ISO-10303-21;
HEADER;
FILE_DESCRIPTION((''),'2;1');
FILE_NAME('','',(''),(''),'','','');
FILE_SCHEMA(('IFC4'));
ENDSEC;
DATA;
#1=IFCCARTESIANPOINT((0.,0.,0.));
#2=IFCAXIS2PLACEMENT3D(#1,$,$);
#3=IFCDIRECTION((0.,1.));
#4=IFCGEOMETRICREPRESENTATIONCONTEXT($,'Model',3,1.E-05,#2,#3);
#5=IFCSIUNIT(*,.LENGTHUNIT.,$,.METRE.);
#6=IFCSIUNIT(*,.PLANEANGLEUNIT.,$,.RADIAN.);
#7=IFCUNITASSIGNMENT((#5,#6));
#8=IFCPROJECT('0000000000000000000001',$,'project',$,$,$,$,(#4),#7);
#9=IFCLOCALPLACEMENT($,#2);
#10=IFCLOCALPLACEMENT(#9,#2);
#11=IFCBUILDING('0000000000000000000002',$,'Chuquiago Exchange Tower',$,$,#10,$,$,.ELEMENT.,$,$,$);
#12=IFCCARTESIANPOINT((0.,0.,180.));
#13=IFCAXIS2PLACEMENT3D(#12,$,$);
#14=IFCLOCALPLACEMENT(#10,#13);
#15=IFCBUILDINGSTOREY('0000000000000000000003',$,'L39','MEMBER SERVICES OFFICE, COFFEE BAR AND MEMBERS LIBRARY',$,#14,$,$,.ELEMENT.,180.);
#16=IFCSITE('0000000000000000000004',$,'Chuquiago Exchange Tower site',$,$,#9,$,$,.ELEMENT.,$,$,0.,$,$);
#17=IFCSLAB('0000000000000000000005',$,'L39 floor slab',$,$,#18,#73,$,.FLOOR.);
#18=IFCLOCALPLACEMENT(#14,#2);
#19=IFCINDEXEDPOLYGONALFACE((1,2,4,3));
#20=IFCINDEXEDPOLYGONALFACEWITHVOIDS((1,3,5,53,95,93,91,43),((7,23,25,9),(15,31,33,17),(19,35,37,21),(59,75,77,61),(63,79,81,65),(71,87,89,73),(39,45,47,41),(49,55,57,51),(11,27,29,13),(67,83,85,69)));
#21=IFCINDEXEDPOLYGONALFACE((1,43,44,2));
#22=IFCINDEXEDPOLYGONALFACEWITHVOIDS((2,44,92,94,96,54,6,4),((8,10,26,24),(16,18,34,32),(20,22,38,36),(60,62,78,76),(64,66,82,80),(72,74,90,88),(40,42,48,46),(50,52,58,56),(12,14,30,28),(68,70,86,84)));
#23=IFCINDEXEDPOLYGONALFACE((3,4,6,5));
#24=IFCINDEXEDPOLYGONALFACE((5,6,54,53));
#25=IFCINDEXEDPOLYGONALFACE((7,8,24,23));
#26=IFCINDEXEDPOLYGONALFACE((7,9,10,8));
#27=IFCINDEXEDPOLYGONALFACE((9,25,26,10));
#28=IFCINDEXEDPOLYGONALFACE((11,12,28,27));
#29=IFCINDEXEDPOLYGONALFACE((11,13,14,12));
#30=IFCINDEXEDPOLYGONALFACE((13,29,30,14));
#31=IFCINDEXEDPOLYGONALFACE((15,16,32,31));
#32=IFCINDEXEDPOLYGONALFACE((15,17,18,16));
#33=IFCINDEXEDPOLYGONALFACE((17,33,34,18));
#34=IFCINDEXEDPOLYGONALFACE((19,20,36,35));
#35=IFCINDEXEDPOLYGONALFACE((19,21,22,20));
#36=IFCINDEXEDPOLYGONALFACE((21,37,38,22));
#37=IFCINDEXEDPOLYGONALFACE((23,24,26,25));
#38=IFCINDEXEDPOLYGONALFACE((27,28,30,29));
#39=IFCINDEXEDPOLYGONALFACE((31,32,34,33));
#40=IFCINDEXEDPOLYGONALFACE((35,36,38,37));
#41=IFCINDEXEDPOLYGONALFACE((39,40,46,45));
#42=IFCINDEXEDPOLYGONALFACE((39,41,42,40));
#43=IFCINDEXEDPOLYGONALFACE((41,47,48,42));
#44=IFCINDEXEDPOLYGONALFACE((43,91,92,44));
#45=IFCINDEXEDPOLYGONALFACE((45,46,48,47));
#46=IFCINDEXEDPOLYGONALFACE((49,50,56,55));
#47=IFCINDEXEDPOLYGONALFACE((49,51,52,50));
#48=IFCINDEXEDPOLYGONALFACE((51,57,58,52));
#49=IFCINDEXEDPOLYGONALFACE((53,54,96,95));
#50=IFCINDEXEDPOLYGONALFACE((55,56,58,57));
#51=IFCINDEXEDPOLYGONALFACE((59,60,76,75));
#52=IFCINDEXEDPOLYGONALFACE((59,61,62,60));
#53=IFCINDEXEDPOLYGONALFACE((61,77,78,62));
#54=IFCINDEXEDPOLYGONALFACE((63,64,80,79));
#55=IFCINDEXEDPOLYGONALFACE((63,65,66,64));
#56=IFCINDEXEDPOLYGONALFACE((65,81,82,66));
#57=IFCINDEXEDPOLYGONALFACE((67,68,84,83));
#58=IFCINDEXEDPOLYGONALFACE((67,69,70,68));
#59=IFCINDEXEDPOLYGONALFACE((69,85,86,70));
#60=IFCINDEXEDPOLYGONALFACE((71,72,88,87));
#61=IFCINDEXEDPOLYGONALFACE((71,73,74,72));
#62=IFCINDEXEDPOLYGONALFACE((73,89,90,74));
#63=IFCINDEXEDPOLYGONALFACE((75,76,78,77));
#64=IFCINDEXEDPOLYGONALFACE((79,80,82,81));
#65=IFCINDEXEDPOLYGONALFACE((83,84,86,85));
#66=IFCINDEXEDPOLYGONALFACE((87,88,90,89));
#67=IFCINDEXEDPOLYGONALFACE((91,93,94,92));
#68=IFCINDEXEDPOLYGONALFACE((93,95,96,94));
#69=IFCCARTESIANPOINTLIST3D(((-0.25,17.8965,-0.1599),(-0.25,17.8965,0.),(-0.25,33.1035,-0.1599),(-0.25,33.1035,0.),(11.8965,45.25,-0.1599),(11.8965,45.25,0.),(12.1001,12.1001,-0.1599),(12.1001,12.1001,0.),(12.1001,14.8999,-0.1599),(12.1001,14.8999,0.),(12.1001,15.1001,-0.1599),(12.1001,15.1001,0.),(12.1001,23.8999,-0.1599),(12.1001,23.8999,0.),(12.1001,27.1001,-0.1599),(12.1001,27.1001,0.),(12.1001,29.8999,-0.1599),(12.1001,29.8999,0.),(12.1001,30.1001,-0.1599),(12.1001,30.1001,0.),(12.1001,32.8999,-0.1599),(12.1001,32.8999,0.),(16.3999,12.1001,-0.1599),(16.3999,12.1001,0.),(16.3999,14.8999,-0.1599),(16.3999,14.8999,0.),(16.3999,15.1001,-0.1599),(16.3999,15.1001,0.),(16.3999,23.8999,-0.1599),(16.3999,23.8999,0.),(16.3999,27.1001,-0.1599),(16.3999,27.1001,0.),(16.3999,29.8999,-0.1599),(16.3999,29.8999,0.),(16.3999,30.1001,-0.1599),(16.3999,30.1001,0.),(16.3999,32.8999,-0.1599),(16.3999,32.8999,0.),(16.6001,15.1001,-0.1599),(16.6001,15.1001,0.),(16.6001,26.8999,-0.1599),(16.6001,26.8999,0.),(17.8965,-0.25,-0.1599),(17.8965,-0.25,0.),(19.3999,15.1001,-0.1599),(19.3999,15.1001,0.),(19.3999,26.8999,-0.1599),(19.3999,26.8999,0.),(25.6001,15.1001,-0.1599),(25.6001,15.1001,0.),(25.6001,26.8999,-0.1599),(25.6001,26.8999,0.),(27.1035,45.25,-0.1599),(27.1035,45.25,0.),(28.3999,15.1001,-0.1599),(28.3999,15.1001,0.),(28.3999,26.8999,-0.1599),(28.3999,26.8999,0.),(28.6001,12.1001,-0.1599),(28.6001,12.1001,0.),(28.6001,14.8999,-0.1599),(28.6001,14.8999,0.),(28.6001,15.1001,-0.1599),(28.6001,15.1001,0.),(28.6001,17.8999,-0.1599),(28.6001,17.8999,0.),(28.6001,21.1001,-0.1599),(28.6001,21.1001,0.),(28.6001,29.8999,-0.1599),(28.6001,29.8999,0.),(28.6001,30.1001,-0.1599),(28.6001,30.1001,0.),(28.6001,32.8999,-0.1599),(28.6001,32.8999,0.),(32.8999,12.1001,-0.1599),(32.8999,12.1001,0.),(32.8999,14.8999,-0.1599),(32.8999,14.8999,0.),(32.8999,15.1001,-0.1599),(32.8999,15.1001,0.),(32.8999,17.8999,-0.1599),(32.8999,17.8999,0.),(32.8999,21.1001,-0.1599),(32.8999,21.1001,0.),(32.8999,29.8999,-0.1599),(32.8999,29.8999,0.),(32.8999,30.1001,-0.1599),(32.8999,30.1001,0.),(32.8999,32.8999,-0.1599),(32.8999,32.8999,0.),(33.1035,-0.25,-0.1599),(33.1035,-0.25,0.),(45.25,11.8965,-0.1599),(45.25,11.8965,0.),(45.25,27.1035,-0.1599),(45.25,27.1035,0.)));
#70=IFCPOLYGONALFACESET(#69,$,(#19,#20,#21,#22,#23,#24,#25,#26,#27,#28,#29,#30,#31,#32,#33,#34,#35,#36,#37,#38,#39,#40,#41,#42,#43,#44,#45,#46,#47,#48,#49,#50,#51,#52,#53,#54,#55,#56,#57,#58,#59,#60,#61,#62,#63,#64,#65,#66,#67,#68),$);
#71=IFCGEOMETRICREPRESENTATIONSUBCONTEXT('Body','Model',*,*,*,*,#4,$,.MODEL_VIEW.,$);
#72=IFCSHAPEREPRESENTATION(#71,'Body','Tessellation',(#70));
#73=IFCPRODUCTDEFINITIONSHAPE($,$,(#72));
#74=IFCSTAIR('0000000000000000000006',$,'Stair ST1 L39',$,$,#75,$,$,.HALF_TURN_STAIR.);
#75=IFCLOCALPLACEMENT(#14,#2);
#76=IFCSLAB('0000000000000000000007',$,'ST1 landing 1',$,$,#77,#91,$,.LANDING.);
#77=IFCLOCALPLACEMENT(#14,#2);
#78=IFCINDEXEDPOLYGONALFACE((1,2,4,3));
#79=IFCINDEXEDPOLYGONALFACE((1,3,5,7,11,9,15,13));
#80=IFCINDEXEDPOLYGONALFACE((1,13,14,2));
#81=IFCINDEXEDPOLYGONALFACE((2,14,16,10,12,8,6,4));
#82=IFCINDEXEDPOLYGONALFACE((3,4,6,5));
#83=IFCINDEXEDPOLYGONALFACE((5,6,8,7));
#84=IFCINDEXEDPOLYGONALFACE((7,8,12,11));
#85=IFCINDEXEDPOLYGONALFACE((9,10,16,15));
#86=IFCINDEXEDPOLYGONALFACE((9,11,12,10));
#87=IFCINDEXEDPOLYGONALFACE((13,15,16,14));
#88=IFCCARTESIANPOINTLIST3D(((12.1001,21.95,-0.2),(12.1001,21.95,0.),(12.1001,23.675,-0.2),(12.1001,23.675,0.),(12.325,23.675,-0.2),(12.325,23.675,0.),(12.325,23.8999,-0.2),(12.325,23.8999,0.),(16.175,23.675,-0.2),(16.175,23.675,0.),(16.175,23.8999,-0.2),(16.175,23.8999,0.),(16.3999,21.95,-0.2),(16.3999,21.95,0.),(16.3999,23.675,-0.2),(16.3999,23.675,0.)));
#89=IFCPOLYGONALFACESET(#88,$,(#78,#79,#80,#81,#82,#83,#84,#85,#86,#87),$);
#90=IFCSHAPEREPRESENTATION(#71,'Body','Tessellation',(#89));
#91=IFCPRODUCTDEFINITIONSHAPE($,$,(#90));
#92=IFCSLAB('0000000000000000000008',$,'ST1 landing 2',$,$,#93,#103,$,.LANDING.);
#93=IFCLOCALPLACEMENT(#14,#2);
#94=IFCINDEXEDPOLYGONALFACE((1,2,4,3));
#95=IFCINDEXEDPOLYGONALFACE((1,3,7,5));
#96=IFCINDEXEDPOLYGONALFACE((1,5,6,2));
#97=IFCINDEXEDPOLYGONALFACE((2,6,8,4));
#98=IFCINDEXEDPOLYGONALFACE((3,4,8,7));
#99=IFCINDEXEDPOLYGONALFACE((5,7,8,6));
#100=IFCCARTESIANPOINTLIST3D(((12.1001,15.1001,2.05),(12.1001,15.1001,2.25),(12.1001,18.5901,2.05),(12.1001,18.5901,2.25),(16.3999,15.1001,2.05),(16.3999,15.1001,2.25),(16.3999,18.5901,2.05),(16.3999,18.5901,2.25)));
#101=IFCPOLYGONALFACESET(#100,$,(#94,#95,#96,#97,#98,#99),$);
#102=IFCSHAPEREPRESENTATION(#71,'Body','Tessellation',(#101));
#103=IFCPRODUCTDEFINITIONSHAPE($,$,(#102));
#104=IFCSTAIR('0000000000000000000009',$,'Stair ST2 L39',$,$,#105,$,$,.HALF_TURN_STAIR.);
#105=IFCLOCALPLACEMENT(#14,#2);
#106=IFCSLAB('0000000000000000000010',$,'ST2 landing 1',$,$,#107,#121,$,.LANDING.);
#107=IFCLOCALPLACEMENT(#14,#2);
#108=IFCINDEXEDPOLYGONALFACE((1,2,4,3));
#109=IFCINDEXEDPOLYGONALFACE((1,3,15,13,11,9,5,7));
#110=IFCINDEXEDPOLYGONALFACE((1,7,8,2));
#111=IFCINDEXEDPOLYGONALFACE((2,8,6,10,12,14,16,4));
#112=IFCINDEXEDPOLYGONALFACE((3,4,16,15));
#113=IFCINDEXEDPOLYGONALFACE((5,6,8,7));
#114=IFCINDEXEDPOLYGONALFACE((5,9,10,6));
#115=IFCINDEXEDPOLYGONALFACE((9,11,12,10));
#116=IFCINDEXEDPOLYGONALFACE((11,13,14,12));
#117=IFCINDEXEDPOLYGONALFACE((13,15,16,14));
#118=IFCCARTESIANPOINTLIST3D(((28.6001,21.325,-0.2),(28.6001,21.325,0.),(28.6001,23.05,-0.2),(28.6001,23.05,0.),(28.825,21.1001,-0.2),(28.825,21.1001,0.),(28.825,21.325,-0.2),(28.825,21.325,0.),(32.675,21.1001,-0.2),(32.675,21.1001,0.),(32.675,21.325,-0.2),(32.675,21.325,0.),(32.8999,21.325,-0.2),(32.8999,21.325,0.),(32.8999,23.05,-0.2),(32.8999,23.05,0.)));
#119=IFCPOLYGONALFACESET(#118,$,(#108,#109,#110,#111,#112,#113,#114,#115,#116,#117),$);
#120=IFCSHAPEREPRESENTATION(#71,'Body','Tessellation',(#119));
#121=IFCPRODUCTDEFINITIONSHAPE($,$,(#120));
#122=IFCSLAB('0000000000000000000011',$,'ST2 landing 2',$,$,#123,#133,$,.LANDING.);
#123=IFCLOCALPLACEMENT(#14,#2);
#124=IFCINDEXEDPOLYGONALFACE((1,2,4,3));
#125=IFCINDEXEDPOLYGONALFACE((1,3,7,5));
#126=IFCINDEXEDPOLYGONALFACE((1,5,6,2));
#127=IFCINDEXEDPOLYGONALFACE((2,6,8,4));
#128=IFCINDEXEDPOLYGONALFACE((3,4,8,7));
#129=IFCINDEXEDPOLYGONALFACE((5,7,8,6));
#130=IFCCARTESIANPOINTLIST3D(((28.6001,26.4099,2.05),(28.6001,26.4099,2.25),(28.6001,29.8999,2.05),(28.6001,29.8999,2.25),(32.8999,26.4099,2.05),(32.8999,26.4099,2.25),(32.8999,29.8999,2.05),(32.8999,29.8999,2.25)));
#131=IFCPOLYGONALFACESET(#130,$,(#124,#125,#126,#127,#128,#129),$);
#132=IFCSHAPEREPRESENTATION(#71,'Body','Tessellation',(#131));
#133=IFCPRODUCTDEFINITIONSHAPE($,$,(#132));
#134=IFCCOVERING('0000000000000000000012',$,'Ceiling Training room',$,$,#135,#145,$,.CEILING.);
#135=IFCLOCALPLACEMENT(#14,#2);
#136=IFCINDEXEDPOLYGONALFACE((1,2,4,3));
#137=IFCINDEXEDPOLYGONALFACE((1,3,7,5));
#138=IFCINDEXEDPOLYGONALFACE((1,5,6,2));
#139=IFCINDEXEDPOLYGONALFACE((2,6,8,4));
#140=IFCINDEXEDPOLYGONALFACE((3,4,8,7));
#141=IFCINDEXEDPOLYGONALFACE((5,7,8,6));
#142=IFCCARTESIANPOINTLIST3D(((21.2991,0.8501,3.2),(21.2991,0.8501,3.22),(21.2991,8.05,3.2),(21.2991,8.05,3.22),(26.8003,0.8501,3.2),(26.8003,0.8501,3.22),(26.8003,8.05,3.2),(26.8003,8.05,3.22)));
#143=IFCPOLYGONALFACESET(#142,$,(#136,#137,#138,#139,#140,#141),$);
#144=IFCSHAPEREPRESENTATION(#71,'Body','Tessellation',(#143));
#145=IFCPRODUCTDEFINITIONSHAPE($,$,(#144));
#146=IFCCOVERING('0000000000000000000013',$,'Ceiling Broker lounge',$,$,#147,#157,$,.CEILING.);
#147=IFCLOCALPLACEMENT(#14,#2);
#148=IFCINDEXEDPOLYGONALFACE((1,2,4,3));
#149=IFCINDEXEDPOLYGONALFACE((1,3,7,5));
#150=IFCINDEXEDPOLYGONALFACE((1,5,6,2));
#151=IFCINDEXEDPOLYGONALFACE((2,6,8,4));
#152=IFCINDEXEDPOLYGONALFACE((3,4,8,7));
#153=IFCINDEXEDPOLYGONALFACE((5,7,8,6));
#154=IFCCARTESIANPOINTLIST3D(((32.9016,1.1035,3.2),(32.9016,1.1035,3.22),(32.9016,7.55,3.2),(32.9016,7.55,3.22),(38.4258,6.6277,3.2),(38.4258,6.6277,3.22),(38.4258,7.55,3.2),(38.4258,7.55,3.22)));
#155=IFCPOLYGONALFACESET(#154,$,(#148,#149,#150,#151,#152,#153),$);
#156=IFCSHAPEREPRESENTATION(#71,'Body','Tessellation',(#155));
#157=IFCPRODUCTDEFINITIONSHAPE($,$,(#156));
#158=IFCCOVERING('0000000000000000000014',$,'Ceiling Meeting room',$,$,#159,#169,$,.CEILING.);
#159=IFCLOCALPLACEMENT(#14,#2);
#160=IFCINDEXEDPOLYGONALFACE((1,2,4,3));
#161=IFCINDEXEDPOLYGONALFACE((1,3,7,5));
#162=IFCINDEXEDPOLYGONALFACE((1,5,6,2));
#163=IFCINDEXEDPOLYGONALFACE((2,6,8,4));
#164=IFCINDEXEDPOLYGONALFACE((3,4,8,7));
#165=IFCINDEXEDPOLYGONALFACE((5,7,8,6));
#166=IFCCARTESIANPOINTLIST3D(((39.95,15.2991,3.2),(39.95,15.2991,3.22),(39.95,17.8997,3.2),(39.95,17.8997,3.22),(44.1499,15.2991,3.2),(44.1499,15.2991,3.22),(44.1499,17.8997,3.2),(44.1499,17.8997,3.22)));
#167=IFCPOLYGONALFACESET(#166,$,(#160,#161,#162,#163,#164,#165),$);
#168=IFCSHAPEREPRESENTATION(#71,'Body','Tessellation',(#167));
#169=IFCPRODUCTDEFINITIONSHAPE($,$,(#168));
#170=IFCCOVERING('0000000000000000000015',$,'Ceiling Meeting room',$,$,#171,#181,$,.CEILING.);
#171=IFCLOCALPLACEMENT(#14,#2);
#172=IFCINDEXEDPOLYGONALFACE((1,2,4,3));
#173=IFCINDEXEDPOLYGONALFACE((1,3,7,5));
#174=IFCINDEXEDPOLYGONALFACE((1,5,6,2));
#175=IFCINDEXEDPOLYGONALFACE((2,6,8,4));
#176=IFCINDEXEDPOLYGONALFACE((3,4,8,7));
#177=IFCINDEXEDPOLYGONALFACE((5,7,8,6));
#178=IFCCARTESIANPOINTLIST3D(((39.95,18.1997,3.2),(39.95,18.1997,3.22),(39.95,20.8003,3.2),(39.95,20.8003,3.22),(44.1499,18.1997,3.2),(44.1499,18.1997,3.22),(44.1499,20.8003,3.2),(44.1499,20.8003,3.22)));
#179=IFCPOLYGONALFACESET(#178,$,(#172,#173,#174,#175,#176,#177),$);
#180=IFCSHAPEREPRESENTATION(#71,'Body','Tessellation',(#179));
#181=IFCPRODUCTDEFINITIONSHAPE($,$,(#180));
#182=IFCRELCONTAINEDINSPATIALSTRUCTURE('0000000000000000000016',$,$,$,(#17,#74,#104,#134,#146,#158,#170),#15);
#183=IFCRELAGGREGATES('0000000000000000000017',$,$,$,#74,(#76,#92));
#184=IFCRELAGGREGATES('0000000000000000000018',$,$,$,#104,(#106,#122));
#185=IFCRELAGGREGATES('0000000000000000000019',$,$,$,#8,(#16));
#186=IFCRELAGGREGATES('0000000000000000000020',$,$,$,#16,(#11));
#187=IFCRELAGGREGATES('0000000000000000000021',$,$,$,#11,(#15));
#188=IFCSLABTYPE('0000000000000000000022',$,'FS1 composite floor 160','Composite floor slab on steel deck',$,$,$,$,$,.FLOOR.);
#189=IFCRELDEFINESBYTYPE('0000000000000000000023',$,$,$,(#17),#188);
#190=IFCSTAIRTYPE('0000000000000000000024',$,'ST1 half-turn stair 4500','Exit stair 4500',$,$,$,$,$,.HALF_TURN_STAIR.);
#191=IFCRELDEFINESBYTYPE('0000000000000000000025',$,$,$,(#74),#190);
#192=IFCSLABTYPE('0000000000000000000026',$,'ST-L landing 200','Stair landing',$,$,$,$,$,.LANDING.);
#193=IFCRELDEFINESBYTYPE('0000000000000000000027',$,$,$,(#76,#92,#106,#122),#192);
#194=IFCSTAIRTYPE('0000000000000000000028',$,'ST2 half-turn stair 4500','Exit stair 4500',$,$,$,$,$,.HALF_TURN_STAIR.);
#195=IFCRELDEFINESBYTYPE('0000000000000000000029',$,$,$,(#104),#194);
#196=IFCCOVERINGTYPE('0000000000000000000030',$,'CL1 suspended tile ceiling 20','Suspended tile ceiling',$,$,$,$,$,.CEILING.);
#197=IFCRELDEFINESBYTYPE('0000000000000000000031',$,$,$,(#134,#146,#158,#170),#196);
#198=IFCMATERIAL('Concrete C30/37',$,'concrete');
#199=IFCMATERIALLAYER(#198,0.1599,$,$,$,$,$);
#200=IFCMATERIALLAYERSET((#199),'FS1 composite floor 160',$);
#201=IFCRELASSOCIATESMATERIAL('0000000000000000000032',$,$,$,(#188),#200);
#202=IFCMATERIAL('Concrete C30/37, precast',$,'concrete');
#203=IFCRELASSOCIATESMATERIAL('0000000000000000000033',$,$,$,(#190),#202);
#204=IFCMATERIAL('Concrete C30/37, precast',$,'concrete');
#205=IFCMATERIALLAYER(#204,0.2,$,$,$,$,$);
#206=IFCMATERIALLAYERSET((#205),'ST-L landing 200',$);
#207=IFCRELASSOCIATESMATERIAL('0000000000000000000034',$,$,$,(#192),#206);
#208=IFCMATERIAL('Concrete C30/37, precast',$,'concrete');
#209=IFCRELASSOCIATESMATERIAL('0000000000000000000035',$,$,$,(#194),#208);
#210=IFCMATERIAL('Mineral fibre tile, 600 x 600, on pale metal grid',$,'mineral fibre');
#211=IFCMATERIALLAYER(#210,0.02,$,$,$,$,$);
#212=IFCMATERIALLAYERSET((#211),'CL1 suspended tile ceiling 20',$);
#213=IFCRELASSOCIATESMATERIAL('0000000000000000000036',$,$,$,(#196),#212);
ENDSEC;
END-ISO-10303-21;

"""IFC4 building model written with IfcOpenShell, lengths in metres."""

from ifc_helpers import new_model, si_unit, direction, frame, origin, place, context, subcontext, project, spatial, polyline, outline, extrude, material, layer, layer_set, type_object, element, aggregate, save


model = new_model("IFC4")

# Units and contexts
model_context = context("Model", 3, precision=1e-05, world=origin(), true_north=direction((0.0, 1.0)))
body_context = subcontext(model_context, "Body", "Model", "MODEL_VIEW")
ifc_project = project(units=[si_unit("LENGTHUNIT", "METRE"), si_unit("PLANEANGLEUNIT", "RADIAN")], contexts=[model_context])

# Site, building, storey
site_placement = place(None, origin())
site = spatial("IfcSite", under=ifc_project, at=site_placement, Name="Chuquiago Exchange Tower site", CompositionType="ELEMENT", RefElevation=0.0)
building_placement = place(site_placement, origin())
building = spatial("IfcBuilding", under=site, at=building_placement, Name="Chuquiago Exchange Tower", CompositionType="ELEMENT")
storey_placement = place(building_placement, frame((0.0, 0.0, 180.0)))
storey = spatial("IfcBuildingStorey", under=building, at=storey_placement, Name="L39", Description="MEMBER SERVICES OFFICE, COFFEE BAR AND MEMBERS LIBRARY", CompositionType="ELEMENT", Elevation=180.0)

# Slab
ifc_material_1 = material(Name="Concrete C30/37", Category="concrete")
ifc_layer_1 = layer(ifc_material_1, 0.1599)
ifc_layer_set_1 = layer_set([ifc_layer_1], Name="FS1 composite floor 160")
slab_type_1 = type_object("IfcSlabType", Name="FS1 composite floor 160", Description="Composite floor slab on steel deck", PredefinedType="FLOOR", material=ifc_layer_set_1)
slab_1_placement = place(storey_placement, frame((0.0, 0.0, -0.1599)))
element("IfcSlab", 1, at=slab_1_placement, inside=storey, type_object=slab_type_1, Name="L39 floor slab", PredefinedType="FLOOR", context=body_context, shape_type="SweptSolid", body=[
    extrude(outline(polyline([(17.8965, -0.25), (-0.25, 17.8965), (-0.25, 33.1035), (11.8965, 45.25), (27.1035, 45.25), (45.25, 27.1035), (45.25, 11.8965), (33.1035, -0.25), (17.8965, -0.25)]), holes=[polyline([(16.3999, 15.1001), (12.1001, 15.1001), (12.1001, 23.8999), (16.3999, 23.8999), (16.3999, 15.1001)]), polyline([(32.8999, 21.1001), (28.6001, 21.1001), (28.6001, 29.8999), (32.8999, 29.8999), (32.8999, 21.1001)]), polyline([(16.3999, 12.1001), (12.1001, 12.1001), (12.1001, 14.8999), (16.3999, 14.8999), (16.3999, 12.1001)]), polyline([(16.3999, 30.1001), (12.1001, 30.1001), (12.1001, 32.8999), (16.3999, 32.8999), (16.3999, 30.1001)]), polyline([(32.8999, 12.1001), (28.6001, 12.1001), (28.6001, 14.8999), (32.8999, 14.8999), (32.8999, 12.1001)]), polyline([(32.8999, 30.1001), (28.6001, 30.1001), (28.6001, 32.8999), (32.8999, 32.8999), (32.8999, 30.1001)]), polyline([(16.3999, 27.1001), (12.1001, 27.1001), (12.1001, 29.8999), (16.3999, 29.8999), (16.3999, 27.1001)]), polyline([(32.8999, 15.1001), (28.6001, 15.1001), (28.6001, 17.8999), (32.8999, 17.8999), (32.8999, 15.1001)]), polyline([(19.3999, 15.1001), (16.6001, 15.1001), (16.6001, 26.8999), (19.3999, 26.8999), (19.3999, 15.1001)]), polyline([(28.3999, 15.1001), (25.6001, 15.1001), (25.6001, 26.8999), (28.3999, 26.8999), (28.3999, 15.1001)])]), origin(), (0.0, 0.0, 1.0), 0.1599),
])

# Stairs, slabs
ifc_material_2 = material(Name="Concrete C30/37, precast", Category="concrete")
stair_type_1 = type_object("IfcStairType", Name="ST1 half-turn stair 4500", Description="Exit stair 4500", PredefinedType="HALF_TURN_STAIR", material=ifc_material_2)
stair_1_placement = place(storey_placement, origin())
stair_1 = element("IfcStair", 2, at=stair_1_placement, inside=storey, type_object=stair_type_1, Name="Stair ST1 L39", PredefinedType="HALF_TURN_STAIR")
ifc_material_3 = material(Name="Concrete C30/37, precast", Category="concrete")
ifc_layer_2 = layer(ifc_material_3, 0.2)
ifc_layer_set_2 = layer_set([ifc_layer_2], Name="ST-L landing 200")
slab_type_2 = type_object("IfcSlabType", Name="ST-L landing 200", Description="Stair landing", PredefinedType="LANDING", material=ifc_layer_set_2)
slab_2_placement = place(storey_placement, frame((0.0, 0.0, -0.2)))
slab_2 = element("IfcSlab", 3, at=slab_2_placement, type_object=slab_type_2, Name="ST1 landing 1", PredefinedType="LANDING", context=body_context, shape_type="SweptSolid", body=[
    extrude(outline(polyline([(12.325, 23.8999), (16.175, 23.8999), (16.175, 23.675), (16.3999, 23.675), (16.3999, 21.95), (12.1001, 21.95), (12.1001, 23.675), (12.325, 23.675), (12.325, 23.8999)])), origin(), (0.0, 0.0, 1.0), 0.2),
])
slab_3_placement = place(storey_placement, frame((0.0, 0.0, 2.05)))
slab_3 = element("IfcSlab", 4, at=slab_3_placement, type_object=slab_type_2, Name="ST1 landing 2", PredefinedType="LANDING", context=body_context, shape_type="SweptSolid", body=[
    extrude(outline(polyline([(12.1001, 18.5901), (16.3999, 18.5901), (16.3999, 15.1001), (12.1001, 15.1001), (12.1001, 18.5901)])), origin(), (0.0, 0.0, 1.0), 0.2),
])
aggregate(stair_1, [slab_2, slab_3])
ifc_material_4 = material(Name="Concrete C30/37, precast", Category="concrete")
stair_type_2 = type_object("IfcStairType", Name="ST2 half-turn stair 4500", Description="Exit stair 4500", PredefinedType="HALF_TURN_STAIR", material=ifc_material_4)
stair_2_placement = place(storey_placement, origin())
stair_2 = element("IfcStair", 5, at=stair_2_placement, inside=storey, type_object=stair_type_2, Name="Stair ST2 L39", PredefinedType="HALF_TURN_STAIR")
slab_4_placement = place(storey_placement, frame((0.0, 0.0, -0.2)))
slab_4 = element("IfcSlab", 6, at=slab_4_placement, type_object=slab_type_2, Name="ST2 landing 1", PredefinedType="LANDING", context=body_context, shape_type="SweptSolid", body=[
    extrude(outline(polyline([(32.675, 21.325), (32.675, 21.1001), (28.825, 21.1001), (28.825, 21.325), (28.6001, 21.325), (28.6001, 23.05), (32.8999, 23.05), (32.8999, 21.325), (32.675, 21.325)])), origin(), (0.0, 0.0, 1.0), 0.2),
])
slab_5_placement = place(storey_placement, frame((0.0, 0.0, 2.05)))
slab_5 = element("IfcSlab", 7, at=slab_5_placement, type_object=slab_type_2, Name="ST2 landing 2", PredefinedType="LANDING", context=body_context, shape_type="SweptSolid", body=[
    extrude(outline(polyline([(28.6001, 29.8999), (32.8999, 29.8999), (32.8999, 26.4099), (28.6001, 26.4099), (28.6001, 29.8999)])), origin(), (0.0, 0.0, 1.0), 0.2),
])
aggregate(stair_2, [slab_4, slab_5])

# Coverings
ifc_material_5 = material(Name="Mineral fibre tile, 600 x 600, on pale metal grid", Category="mineral fibre")
ifc_layer_3 = layer(ifc_material_5, 0.02)
ifc_layer_set_3 = layer_set([ifc_layer_3], Name="CL1 suspended tile ceiling 20")
covering_type_1 = type_object("IfcCoveringType", Name="CL1 suspended tile ceiling 20", Description="Suspended tile ceiling", PredefinedType="CEILING", material=ifc_layer_set_3)
covering_1_placement = place(storey_placement, frame((0.0, 0.0, 3.2)))
element("IfcCovering", 8, at=covering_1_placement, inside=storey, type_object=covering_type_1, Name="Ceiling Training room", PredefinedType="CEILING", context=body_context, shape_type="SweptSolid", body=[
    extrude(outline(polyline([(21.2991, 8.05), (26.8003, 8.05), (26.8003, 0.8501), (21.2991, 0.8501), (21.2991, 8.05)])), origin(), (0.0, 0.0, 1.0), 0.02),
])
covering_2_placement = place(storey_placement, frame((0.0, 0.0, 3.2)))
element("IfcCovering", 9, at=covering_2_placement, inside=storey, type_object=covering_type_1, Name="Ceiling Broker lounge", PredefinedType="CEILING", context=body_context, shape_type="SweptSolid", body=[
    extrude(outline(polyline([(32.9016, 7.55), (38.4258, 7.55), (38.4258, 6.6277), (32.9016, 1.1035), (32.9016, 7.55)])), origin(), (0.0, 0.0, 1.0), 0.02),
])
covering_3_placement = place(storey_placement, frame((0.0, 0.0, 3.2)))
element("IfcCovering", 10, at=covering_3_placement, inside=storey, type_object=covering_type_1, Name="Ceiling Meeting room", PredefinedType="CEILING", context=body_context, shape_type="SweptSolid", body=[
    extrude(outline(polyline([(39.95, 15.2991), (39.95, 17.8997), (44.1499, 17.8997), (44.1499, 15.2991), (39.95, 15.2991)])), origin(), (0.0, 0.0, 1.0), 0.02),
])
covering_4_placement = place(storey_placement, frame((0.0, 0.0, 3.2)))
element("IfcCovering", 11, at=covering_4_placement, inside=storey, type_object=covering_type_1, Name="Ceiling Meeting room", PredefinedType="CEILING", context=body_context, shape_type="SweptSolid", body=[
    extrude(outline(polyline([(39.95, 18.1997), (39.95, 20.8003), (44.1499, 20.8003), (44.1499, 18.1997), (39.95, 18.1997)])), origin(), (0.0, 0.0, 1.0), 0.02),
])

save(model, "model.ifc")
